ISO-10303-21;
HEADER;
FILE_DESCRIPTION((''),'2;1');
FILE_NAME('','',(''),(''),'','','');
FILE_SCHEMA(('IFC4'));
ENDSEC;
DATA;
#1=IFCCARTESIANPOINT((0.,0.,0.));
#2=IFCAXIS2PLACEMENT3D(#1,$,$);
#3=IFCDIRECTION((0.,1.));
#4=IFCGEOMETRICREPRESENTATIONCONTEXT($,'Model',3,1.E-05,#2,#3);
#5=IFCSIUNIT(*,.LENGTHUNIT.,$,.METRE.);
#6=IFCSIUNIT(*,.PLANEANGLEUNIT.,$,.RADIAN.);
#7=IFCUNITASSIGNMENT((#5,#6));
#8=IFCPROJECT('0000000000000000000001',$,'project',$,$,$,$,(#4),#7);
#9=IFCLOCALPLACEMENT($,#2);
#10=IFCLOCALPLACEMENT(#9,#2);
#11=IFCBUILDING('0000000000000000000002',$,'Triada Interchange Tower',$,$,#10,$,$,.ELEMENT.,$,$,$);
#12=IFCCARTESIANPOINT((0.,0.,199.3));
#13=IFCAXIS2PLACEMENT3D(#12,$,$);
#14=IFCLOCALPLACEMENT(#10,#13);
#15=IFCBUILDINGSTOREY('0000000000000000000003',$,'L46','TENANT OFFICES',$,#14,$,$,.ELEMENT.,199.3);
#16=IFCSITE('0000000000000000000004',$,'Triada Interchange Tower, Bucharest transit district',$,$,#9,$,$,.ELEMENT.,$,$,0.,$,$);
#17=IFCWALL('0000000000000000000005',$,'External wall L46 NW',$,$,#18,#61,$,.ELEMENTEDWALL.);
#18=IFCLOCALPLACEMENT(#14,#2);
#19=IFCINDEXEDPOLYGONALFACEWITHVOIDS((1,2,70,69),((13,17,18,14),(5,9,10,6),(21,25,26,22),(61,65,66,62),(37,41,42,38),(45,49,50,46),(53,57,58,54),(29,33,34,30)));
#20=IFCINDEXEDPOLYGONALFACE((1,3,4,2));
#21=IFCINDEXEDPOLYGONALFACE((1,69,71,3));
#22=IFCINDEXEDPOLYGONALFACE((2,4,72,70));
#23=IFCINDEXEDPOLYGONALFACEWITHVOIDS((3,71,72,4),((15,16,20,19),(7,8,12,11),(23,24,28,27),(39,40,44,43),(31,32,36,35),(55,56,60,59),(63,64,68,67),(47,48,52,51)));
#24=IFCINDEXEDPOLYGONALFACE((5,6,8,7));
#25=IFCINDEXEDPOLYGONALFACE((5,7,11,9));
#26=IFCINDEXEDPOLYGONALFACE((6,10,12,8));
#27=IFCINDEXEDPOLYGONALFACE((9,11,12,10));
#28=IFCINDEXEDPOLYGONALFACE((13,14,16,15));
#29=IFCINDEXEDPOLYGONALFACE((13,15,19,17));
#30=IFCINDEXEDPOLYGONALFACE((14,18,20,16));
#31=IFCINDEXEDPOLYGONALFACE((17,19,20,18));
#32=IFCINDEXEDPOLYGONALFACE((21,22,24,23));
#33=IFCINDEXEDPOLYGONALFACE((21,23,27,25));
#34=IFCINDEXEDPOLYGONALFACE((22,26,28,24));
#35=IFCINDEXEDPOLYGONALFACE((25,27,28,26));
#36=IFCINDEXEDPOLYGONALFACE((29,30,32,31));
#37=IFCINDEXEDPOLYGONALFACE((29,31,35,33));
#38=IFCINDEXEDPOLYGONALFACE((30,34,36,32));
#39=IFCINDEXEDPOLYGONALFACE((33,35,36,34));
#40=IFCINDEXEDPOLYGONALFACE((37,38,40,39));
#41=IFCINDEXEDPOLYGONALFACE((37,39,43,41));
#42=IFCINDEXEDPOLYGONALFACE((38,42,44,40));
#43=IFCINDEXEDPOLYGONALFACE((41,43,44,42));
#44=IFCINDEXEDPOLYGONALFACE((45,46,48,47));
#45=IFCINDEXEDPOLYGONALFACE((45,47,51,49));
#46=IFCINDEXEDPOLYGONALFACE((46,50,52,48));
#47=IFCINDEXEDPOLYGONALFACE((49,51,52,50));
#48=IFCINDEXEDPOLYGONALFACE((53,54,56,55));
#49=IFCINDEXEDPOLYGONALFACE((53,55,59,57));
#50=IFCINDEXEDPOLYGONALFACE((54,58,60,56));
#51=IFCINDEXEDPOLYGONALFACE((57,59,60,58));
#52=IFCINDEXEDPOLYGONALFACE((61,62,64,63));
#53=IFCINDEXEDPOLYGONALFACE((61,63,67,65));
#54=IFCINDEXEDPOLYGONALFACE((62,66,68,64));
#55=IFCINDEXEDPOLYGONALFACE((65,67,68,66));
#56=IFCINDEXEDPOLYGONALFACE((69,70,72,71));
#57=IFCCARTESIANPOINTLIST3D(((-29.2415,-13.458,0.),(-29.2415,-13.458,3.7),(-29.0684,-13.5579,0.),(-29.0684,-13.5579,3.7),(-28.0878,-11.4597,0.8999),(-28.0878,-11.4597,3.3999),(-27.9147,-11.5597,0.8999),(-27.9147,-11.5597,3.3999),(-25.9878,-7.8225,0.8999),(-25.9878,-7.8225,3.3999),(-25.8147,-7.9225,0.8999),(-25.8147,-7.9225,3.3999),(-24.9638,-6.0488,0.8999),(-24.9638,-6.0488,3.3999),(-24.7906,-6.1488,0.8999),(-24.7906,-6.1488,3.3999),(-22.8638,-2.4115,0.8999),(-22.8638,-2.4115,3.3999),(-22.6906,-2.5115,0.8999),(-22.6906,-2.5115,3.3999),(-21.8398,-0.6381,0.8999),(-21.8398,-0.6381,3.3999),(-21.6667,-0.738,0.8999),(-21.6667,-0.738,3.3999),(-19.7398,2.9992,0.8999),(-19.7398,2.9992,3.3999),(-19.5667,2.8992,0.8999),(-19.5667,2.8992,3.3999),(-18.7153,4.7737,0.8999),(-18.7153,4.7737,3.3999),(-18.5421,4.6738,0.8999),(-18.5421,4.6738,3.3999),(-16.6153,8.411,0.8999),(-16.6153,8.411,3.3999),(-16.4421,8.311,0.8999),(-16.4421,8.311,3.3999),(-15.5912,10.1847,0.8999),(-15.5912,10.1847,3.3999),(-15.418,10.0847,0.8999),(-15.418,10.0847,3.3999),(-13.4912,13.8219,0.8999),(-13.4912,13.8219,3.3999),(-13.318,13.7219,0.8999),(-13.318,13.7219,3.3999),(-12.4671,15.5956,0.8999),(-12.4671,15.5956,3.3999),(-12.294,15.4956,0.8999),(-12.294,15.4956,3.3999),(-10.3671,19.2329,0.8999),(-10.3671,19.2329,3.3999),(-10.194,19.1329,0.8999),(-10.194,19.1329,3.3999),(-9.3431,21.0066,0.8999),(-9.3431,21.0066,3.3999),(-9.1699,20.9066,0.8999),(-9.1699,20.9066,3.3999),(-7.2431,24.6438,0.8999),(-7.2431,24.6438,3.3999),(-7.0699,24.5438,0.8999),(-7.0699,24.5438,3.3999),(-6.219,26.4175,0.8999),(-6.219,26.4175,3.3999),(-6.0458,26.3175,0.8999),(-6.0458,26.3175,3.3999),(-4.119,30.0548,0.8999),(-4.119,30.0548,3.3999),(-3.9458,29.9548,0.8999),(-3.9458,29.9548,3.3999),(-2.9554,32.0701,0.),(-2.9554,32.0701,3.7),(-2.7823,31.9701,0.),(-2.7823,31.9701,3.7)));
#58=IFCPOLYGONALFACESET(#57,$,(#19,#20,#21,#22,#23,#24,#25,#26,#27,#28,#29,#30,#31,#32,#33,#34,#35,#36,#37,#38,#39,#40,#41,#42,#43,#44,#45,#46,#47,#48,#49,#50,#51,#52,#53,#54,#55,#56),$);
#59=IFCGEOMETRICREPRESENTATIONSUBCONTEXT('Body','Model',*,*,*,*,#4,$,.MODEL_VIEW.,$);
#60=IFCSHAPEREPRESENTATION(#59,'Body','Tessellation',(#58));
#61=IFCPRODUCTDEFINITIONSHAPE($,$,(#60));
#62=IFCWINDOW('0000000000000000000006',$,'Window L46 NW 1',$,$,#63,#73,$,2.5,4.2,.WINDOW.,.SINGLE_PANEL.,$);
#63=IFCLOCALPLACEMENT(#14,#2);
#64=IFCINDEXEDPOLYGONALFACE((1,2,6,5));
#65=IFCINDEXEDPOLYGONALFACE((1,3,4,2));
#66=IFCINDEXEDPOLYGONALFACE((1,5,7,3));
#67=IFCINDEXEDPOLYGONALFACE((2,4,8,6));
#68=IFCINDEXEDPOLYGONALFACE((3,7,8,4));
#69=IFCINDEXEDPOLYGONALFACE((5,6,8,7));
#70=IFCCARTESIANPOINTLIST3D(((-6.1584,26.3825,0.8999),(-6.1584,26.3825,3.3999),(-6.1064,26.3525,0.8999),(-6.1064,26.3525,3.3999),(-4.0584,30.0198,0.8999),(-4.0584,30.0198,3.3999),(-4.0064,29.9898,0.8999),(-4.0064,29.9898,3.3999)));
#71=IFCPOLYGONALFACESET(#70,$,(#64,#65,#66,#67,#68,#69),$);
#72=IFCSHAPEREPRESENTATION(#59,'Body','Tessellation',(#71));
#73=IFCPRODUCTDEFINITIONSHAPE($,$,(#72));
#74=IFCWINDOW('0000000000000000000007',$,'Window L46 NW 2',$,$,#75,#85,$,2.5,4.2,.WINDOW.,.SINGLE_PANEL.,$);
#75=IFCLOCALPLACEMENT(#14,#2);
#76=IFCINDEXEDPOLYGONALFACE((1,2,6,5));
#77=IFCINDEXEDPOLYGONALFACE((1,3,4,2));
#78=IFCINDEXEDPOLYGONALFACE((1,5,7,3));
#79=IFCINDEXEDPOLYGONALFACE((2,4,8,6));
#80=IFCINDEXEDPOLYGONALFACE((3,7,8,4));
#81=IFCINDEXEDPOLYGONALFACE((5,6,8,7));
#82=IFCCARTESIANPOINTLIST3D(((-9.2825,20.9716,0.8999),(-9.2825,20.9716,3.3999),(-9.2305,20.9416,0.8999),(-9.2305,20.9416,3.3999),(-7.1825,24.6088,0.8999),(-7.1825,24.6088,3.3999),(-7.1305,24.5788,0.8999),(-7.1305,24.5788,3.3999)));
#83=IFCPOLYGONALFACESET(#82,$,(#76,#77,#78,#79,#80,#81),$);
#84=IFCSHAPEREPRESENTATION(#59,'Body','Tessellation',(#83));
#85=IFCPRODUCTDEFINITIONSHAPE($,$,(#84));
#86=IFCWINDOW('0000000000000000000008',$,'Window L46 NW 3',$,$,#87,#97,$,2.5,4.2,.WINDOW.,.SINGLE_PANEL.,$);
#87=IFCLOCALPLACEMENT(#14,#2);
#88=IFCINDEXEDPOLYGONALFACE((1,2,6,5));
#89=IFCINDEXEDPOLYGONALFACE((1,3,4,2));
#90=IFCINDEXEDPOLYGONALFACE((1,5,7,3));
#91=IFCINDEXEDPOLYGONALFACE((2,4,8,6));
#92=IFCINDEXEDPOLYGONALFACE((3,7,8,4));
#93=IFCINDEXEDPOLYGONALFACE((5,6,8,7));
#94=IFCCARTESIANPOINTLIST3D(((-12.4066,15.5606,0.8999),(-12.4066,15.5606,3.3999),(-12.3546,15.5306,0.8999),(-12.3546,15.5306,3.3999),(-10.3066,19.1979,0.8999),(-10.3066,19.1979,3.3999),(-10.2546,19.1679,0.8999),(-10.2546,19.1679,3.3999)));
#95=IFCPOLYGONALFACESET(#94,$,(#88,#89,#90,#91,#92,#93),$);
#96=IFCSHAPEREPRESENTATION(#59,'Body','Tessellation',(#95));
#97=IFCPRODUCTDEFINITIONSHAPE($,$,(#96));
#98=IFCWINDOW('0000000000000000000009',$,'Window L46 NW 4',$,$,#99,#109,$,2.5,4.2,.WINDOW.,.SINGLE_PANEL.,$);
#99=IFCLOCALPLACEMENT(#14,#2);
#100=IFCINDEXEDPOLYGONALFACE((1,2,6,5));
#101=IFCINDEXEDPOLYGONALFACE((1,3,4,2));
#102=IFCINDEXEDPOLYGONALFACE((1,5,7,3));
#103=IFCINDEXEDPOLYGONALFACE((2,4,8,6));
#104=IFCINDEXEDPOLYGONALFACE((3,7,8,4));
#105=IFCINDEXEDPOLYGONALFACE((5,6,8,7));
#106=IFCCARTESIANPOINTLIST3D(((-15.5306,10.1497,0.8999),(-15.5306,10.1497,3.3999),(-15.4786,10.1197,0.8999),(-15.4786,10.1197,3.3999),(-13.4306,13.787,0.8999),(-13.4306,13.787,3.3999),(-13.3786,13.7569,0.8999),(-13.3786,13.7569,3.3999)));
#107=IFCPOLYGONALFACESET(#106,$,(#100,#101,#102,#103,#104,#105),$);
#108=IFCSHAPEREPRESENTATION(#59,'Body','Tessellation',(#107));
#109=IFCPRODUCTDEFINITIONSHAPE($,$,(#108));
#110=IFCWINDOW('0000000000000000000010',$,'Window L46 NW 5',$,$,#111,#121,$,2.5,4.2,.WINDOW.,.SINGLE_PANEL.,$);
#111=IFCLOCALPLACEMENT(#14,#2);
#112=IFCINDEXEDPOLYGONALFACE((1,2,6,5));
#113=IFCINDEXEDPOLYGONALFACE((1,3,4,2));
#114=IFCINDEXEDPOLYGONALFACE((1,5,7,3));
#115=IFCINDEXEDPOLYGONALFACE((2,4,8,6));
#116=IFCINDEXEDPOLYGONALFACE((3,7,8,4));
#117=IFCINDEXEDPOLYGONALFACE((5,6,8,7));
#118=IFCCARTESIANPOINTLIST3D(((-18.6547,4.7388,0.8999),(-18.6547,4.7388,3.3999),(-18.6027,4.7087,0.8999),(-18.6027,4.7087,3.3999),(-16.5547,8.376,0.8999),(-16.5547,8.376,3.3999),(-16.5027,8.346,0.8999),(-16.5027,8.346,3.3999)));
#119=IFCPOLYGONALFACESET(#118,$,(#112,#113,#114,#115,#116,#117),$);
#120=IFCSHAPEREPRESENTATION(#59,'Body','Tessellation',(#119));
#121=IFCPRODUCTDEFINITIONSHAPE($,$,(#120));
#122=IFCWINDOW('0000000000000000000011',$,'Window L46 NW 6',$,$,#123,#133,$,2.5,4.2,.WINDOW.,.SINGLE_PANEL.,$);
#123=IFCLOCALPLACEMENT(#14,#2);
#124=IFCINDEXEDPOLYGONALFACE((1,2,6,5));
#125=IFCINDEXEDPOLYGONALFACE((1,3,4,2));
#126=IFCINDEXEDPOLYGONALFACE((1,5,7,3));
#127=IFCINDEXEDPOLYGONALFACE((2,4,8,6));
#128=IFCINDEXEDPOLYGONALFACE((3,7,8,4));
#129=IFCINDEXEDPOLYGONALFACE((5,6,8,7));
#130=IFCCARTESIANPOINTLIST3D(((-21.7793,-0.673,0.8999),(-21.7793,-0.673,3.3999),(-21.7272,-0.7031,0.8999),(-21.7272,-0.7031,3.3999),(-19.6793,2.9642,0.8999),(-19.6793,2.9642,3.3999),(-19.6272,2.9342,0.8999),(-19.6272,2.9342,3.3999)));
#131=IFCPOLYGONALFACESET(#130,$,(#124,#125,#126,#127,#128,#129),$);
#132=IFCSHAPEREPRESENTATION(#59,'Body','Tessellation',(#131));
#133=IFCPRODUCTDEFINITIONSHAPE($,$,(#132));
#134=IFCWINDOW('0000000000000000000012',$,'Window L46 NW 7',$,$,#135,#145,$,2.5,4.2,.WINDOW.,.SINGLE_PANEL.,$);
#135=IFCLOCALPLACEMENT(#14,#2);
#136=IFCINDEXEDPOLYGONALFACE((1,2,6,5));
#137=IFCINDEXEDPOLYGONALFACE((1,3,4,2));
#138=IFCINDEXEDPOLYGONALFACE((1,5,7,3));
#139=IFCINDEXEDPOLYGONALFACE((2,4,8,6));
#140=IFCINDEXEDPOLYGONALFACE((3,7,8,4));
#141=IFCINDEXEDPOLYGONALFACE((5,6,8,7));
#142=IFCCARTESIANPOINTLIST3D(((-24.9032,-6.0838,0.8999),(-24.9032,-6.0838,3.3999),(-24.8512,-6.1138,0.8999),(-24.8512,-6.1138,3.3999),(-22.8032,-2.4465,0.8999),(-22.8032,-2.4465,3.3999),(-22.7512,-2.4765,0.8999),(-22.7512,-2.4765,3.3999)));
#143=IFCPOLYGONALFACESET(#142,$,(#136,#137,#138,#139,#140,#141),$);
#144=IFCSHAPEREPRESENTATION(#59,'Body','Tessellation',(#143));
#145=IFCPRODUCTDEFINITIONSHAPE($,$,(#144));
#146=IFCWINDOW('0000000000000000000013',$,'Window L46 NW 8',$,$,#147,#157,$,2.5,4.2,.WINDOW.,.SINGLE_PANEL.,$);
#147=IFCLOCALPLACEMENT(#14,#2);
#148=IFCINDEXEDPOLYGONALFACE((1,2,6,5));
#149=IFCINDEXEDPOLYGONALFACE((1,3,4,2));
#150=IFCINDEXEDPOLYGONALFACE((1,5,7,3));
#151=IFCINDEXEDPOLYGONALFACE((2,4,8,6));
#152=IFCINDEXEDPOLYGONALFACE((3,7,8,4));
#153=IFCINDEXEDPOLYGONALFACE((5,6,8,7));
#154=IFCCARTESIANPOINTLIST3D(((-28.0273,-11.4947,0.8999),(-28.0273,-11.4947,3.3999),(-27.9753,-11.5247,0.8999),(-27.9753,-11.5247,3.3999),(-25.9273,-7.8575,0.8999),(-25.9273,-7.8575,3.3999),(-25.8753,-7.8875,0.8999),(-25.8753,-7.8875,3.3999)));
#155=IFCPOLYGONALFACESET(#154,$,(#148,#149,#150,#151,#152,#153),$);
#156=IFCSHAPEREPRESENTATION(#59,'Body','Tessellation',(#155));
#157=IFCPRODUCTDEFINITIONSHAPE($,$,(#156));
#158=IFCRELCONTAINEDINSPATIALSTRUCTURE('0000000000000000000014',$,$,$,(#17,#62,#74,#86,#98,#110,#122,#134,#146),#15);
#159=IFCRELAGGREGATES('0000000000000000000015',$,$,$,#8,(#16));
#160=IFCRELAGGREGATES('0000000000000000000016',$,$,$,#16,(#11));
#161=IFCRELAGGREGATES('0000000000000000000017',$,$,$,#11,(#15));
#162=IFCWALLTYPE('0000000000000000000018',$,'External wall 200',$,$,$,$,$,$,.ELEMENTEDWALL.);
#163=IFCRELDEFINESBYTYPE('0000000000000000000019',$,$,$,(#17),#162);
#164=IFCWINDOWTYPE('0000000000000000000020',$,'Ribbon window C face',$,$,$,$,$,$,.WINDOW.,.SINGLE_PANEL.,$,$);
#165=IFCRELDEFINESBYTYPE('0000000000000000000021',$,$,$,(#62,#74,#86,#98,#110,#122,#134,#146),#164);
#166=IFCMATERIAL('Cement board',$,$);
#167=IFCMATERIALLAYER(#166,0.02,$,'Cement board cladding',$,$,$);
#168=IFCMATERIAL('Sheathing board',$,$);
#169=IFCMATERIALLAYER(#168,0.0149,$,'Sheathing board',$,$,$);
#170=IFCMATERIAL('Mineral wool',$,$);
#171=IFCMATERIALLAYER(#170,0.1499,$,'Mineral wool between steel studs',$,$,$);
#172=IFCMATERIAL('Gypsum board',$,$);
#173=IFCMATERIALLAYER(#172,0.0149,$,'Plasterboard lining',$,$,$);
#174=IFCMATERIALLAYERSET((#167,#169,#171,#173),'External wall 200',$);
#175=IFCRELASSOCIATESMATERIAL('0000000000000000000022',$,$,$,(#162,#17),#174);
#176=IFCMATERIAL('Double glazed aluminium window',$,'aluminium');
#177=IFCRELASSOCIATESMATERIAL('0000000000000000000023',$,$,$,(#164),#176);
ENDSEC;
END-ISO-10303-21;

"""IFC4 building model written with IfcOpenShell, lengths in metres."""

from ifc_helpers import new_model, si_unit, direction, frame, frame_2d, origin, place, context, subcontext, project, spatial, rectangle, extrude, material, layer, layer_set, layer_usage, type_object, element, fill, save


model = new_model("IFC4")

# Units and contexts
model_context = context("Model", 3, precision=1e-05, world=origin(), true_north=direction((0.0, 1.0)))
body_context = subcontext(model_context, "Body", "Model", "MODEL_VIEW")
ifc_project = project(units=[si_unit("LENGTHUNIT", "METRE"), si_unit("PLANEANGLEUNIT", "RADIAN")], contexts=[model_context])

# Site, building, storey
site_placement = place(None, origin())
site = spatial("IfcSite", under=ifc_project, at=site_placement, Name="Triada Interchange Tower, Bucharest transit district", CompositionType="ELEMENT", RefElevation=0.0)
building_placement = place(site_placement, origin())
building = spatial("IfcBuilding", under=site, at=building_placement, Name="Triada Interchange Tower", CompositionType="ELEMENT")
storey_placement = place(building_placement, frame((0.0, 0.0, 199.3)))
storey = spatial("IfcBuildingStorey", under=building, at=storey_placement, Name="L46", Description="TENANT OFFICES", CompositionType="ELEMENT", Elevation=199.3)

# Wall, openings, windows
ifc_material_1 = material(Name="Cement board")
ifc_layer_1 = layer(ifc_material_1, 0.02, Name="Cement board cladding")
ifc_material_2 = material(Name="Sheathing board")
ifc_layer_2 = layer(ifc_material_2, 0.0149, Name="Sheathing board")
ifc_material_3 = material(Name="Mineral wool")
ifc_layer_3 = layer(ifc_material_3, 0.1499, Name="Mineral wool between steel studs")
ifc_material_4 = material(Name="Gypsum board")
ifc_layer_4 = layer(ifc_material_4, 0.0149, Name="Plasterboard lining")
ifc_layer_set_1 = layer_set([ifc_layer_1, ifc_layer_2, ifc_layer_3, ifc_layer_4], Name="External wall 200")
ifc_layer_usage = layer_usage(ifc_layer_set_1, "AXIS2", "POSITIVE", -0.1001)
wall_type_1 = type_object("IfcWallType", Name="External wall 200", PredefinedType="ELEMENTEDWALL", material=ifc_layer_set_1)
wall_1_placement = place(storey_placement, frame((-2.8689, 32.02, 0.0), z_axis=(0.0, 0.0, 1.0), x_axis=(-0.500007, -0.866021, 0.0)))
wall_1 = element("IfcWall", 1, at=wall_1_placement, inside=storey, type_object=wall_type_1, material=ifc_layer_usage, Name="External wall L46 NW", PredefinedType="ELEMENTEDWALL", context=body_context, shape_type="SweptSolid", body=[
    extrude(rectangle(XDim=52.5715, YDim=0.2, at=frame_2d((26.2856, 0.0))), origin(), (0.0, 0.0, 1.0), 3.7),
])
opening_1_placement = place(wall_1_placement, frame((2.3269, 0.0, 0.8999)))
opening_1 = element("IfcOpeningElement", 2, at=opening_1_placement, cuts=wall_1, PredefinedType="OPENING", context=body_context, shape_type="SweptSolid", body=[
    extrude(rectangle(XDim=4.2, YDim=2.5, at=frame_2d((2.1001, 1.25))), frame((0.0, 0.1099, 0.0), z_axis=(0.0, -1.0, 0.0), x_axis=(1.0, 0.0, 0.0)), (0.0, 0.0, 1.0), 0.22),
])
opening_2_placement = place(wall_1_placement, frame((8.575, 0.0, 0.8999)))
opening_2 = element("IfcOpeningElement", 3, at=opening_2_placement, cuts=wall_1, PredefinedType="OPENING", context=body_context, shape_type="SweptSolid", body=[
    extrude(rectangle(XDim=4.2, YDim=2.5, at=frame_2d((2.1001, 1.25))), frame((0.0, 0.1099, 0.0), z_axis=(0.0, -1.0, 0.0), x_axis=(1.0, 0.0, 0.0)), (0.0, 0.0, 1.0), 0.22),
])
opening_3_placement = place(wall_1_placement, frame((14.823, 0.0, 0.8999)))
opening_3 = element("IfcOpeningElement", 4, at=opening_3_placement, cuts=wall_1, PredefinedType="OPENING", context=body_context, shape_type="SweptSolid", body=[
    extrude(rectangle(XDim=4.2, YDim=2.5, at=frame_2d((2.1001, 1.25))), frame((0.0, 0.1099, 0.0), z_axis=(0.0, -1.0, 0.0), x_axis=(1.0, 0.0, 0.0)), (0.0, 0.0, 1.0), 0.22),
])
opening_4_placement = place(wall_1_placement, frame((21.071, 0.0, 0.8999)))
opening_4 = element("IfcOpeningElement", 5, at=opening_4_placement, cuts=wall_1, PredefinedType="OPENING", context=body_context, shape_type="SweptSolid", body=[
    extrude(rectangle(XDim=4.2, YDim=2.5, at=frame_2d((2.1001, 1.25))), frame((0.0, 0.1099, 0.0), z_axis=(0.0, -1.0, 0.0), x_axis=(1.0, 0.0, 0.0)), (0.0, 0.0, 1.0), 0.22),
])
opening_5_placement = place(wall_1_placement, frame((27.3191, 0.0, 0.8999)))
opening_5 = element("IfcOpeningElement", 6, at=opening_5_placement, cuts=wall_1, PredefinedType="OPENING", context=body_context, shape_type="SweptSolid", body=[
    extrude(rectangle(XDim=4.2, YDim=2.5, at=frame_2d((2.1001, 1.25))), frame((0.0, 0.1099, 0.0), z_axis=(0.0, -1.0, 0.0), x_axis=(1.0, 0.0, 0.0)), (0.0, 0.0, 1.0), 0.22),
])
opening_6_placement = place(wall_1_placement, frame((33.5681, 0.0, 0.8999)))
opening_6 = element("IfcOpeningElement", 7, at=opening_6_placement, cuts=wall_1, PredefinedType="OPENING", context=body_context, shape_type="SweptSolid", body=[
    extrude(rectangle(XDim=4.2, YDim=2.5, at=frame_2d((2.1001, 1.25))), frame((0.0, 0.1099, 0.0), z_axis=(0.0, -1.0, 0.0), x_axis=(1.0, 0.0, 0.0)), (0.0, 0.0, 1.0), 0.22),
])
opening_7_placement = place(wall_1_placement, frame((39.8159, 0.0, 0.8999)))
opening_7 = element("IfcOpeningElement", 8, at=opening_7_placement, cuts=wall_1, PredefinedType="OPENING", context=body_context, shape_type="SweptSolid", body=[
    extrude(rectangle(XDim=4.2, YDim=2.5, at=frame_2d((2.1001, 1.25))), frame((0.0, 0.1099, 0.0), z_axis=(0.0, -1.0, 0.0), x_axis=(1.0, 0.0, 0.0)), (0.0, 0.0, 1.0), 0.22),
])
opening_8_placement = place(wall_1_placement, frame((46.064, 0.0, 0.8999)))
opening_8 = element("IfcOpeningElement", 9, at=opening_8_placement, cuts=wall_1, PredefinedType="OPENING", context=body_context, shape_type="SweptSolid", body=[
    extrude(rectangle(XDim=4.2, YDim=2.5, at=frame_2d((2.1001, 1.25))), frame((0.0, 0.1099, 0.0), z_axis=(0.0, -1.0, 0.0), x_axis=(1.0, 0.0, 0.0)), (0.0, 0.0, 1.0), 0.22),
])
ifc_material_5 = material(Name="Double glazed aluminium window", Category="aluminium")
window_type = type_object("IfcWindowType", Name="Ribbon window C face", PartitioningType="SINGLE_PANEL", PredefinedType="WINDOW", material=ifc_material_5)
window_1_placement = place(opening_1_placement, origin())
window_1 = element("IfcWindow", 10, at=window_1_placement, inside=storey, type_object=window_type, Name="Window L46 NW 1", OverallHeight=2.5, OverallWidth=4.2, PartitioningType="SINGLE_PANEL", PredefinedType="WINDOW", context=body_context, shape_type="SweptSolid", body=[
    extrude(rectangle(XDim=4.2, YDim=2.5, at=frame_2d((2.1001, 1.25))), frame((0.0, 0.03, 0.0), z_axis=(0.0, -1.0, 0.0), x_axis=(1.0, 0.0, 0.0)), (0.0, 0.0, 1.0), 0.0601),
])
fill(opening_1, window_1)
window_2_placement = place(opening_2_placement, origin())
window_2 = element("IfcWindow", 11, at=window_2_placement, inside=storey, type_object=window_type, Name="Window L46 NW 2", OverallHeight=2.5, OverallWidth=4.2, PartitioningType="SINGLE_PANEL", PredefinedType="WINDOW", context=body_context, shape_type="SweptSolid", body=[
    extrude(rectangle(XDim=4.2, YDim=2.5, at=frame_2d((2.1001, 1.25))), frame((0.0, 0.03, 0.0), z_axis=(0.0, -1.0, 0.0), x_axis=(1.0, 0.0, 0.0)), (0.0, 0.0, 1.0), 0.0601),
])
fill(opening_2, window_2)
window_3_placement = place(opening_3_placement, origin())
window_3 = element("IfcWindow", 12, at=window_3_placement, inside=storey, type_object=window_type, Name="Window L46 NW 3", OverallHeight=2.5, OverallWidth=4.2, PartitioningType="SINGLE_PANEL", PredefinedType="WINDOW", context=body_context, shape_type="SweptSolid", body=[
    extrude(rectangle(XDim=4.2, YDim=2.5, at=frame_2d((2.1001, 1.25))), frame((0.0, 0.03, 0.0), z_axis=(0.0, -1.0, 0.0), x_axis=(1.0, 0.0, 0.0)), (0.0, 0.0, 1.0), 0.0601),
])
fill(opening_3, window_3)
window_4_placement = place(opening_4_placement, origin())
window_4 = element("IfcWindow", 13, at=window_4_placement, inside=storey, type_object=window_type, Name="Window L46 NW 4", OverallHeight=2.5, OverallWidth=4.2, PartitioningType="SINGLE_PANEL", PredefinedType="WINDOW", context=body_context, shape_type="SweptSolid", body=[
    extrude(rectangle(XDim=4.2, YDim=2.5, at=frame_2d((2.1001, 1.25))), frame((0.0, 0.03, 0.0), z_axis=(0.0, -1.0, 0.0), x_axis=(1.0, 0.0, 0.0)), (0.0, 0.0, 1.0), 0.0601),
])
fill(opening_4, window_4)
window_5_placement = place(opening_5_placement, origin())
window_5 = element("IfcWindow", 14, at=window_5_placement, inside=storey, type_object=window_type, Name="Window L46 NW 5", OverallHeight=2.5, OverallWidth=4.2, PartitioningType="SINGLE_PANEL", PredefinedType="WINDOW", context=body_context, shape_type="SweptSolid", body=[
    extrude(rectangle(XDim=4.2, YDim=2.5, at=frame_2d((2.1001, 1.25))), frame((0.0, 0.03, 0.0), z_axis=(0.0, -1.0, 0.0), x_axis=(1.0, 0.0, 0.0)), (0.0, 0.0, 1.0), 0.0601),
])
fill(opening_5, window_5)
window_6_placement = place(opening_6_placement, origin())
window_6 = element("IfcWindow", 15, at=window_6_placement, inside=storey, type_object=window_type, Name="Window L46 NW 6", OverallHeight=2.5, OverallWidth=4.2, PartitioningType="SINGLE_PANEL", PredefinedType="WINDOW", context=body_context, shape_type="SweptSolid", body=[
    extrude(rectangle(XDim=4.2, YDim=2.5, at=frame_2d((2.1001, 1.25))), frame((0.0, 0.03, 0.0), z_axis=(0.0, -1.0, 0.0), x_axis=(1.0, 0.0, 0.0)), (0.0, 0.0, 1.0), 0.0601),
])
fill(opening_6, window_6)
window_7_placement = place(opening_7_placement, origin())
window_7 = element("IfcWindow", 16, at=window_7_placement, inside=storey, type_object=window_type, Name="Window L46 NW 7", OverallHeight=2.5, OverallWidth=4.2, PartitioningType="SINGLE_PANEL", PredefinedType="WINDOW", context=body_context, shape_type="SweptSolid", body=[
    extrude(rectangle(XDim=4.2, YDim=2.5, at=frame_2d((2.1001, 1.25))), frame((0.0, 0.03, 0.0), z_axis=(0.0, -1.0, 0.0), x_axis=(1.0, 0.0, 0.0)), (0.0, 0.0, 1.0), 0.0601),
])
fill(opening_7, window_7)
window_8_placement = place(opening_8_placement, origin())
window_8 = element("IfcWindow", 17, at=window_8_placement, inside=storey, type_object=window_type, Name="Window L46 NW 8", OverallHeight=2.5, OverallWidth=4.2, PartitioningType="SINGLE_PANEL", PredefinedType="WINDOW", context=body_context, shape_type="SweptSolid", body=[
    extrude(rectangle(XDim=4.2, YDim=2.5, at=frame_2d((2.1001, 1.25))), frame((0.0, 0.03, 0.0), z_axis=(0.0, -1.0, 0.0), x_axis=(1.0, 0.0, 0.0)), (0.0, 0.0, 1.0), 0.0601),
])
fill(opening_8, window_8)

save(model, "model.ifc")
